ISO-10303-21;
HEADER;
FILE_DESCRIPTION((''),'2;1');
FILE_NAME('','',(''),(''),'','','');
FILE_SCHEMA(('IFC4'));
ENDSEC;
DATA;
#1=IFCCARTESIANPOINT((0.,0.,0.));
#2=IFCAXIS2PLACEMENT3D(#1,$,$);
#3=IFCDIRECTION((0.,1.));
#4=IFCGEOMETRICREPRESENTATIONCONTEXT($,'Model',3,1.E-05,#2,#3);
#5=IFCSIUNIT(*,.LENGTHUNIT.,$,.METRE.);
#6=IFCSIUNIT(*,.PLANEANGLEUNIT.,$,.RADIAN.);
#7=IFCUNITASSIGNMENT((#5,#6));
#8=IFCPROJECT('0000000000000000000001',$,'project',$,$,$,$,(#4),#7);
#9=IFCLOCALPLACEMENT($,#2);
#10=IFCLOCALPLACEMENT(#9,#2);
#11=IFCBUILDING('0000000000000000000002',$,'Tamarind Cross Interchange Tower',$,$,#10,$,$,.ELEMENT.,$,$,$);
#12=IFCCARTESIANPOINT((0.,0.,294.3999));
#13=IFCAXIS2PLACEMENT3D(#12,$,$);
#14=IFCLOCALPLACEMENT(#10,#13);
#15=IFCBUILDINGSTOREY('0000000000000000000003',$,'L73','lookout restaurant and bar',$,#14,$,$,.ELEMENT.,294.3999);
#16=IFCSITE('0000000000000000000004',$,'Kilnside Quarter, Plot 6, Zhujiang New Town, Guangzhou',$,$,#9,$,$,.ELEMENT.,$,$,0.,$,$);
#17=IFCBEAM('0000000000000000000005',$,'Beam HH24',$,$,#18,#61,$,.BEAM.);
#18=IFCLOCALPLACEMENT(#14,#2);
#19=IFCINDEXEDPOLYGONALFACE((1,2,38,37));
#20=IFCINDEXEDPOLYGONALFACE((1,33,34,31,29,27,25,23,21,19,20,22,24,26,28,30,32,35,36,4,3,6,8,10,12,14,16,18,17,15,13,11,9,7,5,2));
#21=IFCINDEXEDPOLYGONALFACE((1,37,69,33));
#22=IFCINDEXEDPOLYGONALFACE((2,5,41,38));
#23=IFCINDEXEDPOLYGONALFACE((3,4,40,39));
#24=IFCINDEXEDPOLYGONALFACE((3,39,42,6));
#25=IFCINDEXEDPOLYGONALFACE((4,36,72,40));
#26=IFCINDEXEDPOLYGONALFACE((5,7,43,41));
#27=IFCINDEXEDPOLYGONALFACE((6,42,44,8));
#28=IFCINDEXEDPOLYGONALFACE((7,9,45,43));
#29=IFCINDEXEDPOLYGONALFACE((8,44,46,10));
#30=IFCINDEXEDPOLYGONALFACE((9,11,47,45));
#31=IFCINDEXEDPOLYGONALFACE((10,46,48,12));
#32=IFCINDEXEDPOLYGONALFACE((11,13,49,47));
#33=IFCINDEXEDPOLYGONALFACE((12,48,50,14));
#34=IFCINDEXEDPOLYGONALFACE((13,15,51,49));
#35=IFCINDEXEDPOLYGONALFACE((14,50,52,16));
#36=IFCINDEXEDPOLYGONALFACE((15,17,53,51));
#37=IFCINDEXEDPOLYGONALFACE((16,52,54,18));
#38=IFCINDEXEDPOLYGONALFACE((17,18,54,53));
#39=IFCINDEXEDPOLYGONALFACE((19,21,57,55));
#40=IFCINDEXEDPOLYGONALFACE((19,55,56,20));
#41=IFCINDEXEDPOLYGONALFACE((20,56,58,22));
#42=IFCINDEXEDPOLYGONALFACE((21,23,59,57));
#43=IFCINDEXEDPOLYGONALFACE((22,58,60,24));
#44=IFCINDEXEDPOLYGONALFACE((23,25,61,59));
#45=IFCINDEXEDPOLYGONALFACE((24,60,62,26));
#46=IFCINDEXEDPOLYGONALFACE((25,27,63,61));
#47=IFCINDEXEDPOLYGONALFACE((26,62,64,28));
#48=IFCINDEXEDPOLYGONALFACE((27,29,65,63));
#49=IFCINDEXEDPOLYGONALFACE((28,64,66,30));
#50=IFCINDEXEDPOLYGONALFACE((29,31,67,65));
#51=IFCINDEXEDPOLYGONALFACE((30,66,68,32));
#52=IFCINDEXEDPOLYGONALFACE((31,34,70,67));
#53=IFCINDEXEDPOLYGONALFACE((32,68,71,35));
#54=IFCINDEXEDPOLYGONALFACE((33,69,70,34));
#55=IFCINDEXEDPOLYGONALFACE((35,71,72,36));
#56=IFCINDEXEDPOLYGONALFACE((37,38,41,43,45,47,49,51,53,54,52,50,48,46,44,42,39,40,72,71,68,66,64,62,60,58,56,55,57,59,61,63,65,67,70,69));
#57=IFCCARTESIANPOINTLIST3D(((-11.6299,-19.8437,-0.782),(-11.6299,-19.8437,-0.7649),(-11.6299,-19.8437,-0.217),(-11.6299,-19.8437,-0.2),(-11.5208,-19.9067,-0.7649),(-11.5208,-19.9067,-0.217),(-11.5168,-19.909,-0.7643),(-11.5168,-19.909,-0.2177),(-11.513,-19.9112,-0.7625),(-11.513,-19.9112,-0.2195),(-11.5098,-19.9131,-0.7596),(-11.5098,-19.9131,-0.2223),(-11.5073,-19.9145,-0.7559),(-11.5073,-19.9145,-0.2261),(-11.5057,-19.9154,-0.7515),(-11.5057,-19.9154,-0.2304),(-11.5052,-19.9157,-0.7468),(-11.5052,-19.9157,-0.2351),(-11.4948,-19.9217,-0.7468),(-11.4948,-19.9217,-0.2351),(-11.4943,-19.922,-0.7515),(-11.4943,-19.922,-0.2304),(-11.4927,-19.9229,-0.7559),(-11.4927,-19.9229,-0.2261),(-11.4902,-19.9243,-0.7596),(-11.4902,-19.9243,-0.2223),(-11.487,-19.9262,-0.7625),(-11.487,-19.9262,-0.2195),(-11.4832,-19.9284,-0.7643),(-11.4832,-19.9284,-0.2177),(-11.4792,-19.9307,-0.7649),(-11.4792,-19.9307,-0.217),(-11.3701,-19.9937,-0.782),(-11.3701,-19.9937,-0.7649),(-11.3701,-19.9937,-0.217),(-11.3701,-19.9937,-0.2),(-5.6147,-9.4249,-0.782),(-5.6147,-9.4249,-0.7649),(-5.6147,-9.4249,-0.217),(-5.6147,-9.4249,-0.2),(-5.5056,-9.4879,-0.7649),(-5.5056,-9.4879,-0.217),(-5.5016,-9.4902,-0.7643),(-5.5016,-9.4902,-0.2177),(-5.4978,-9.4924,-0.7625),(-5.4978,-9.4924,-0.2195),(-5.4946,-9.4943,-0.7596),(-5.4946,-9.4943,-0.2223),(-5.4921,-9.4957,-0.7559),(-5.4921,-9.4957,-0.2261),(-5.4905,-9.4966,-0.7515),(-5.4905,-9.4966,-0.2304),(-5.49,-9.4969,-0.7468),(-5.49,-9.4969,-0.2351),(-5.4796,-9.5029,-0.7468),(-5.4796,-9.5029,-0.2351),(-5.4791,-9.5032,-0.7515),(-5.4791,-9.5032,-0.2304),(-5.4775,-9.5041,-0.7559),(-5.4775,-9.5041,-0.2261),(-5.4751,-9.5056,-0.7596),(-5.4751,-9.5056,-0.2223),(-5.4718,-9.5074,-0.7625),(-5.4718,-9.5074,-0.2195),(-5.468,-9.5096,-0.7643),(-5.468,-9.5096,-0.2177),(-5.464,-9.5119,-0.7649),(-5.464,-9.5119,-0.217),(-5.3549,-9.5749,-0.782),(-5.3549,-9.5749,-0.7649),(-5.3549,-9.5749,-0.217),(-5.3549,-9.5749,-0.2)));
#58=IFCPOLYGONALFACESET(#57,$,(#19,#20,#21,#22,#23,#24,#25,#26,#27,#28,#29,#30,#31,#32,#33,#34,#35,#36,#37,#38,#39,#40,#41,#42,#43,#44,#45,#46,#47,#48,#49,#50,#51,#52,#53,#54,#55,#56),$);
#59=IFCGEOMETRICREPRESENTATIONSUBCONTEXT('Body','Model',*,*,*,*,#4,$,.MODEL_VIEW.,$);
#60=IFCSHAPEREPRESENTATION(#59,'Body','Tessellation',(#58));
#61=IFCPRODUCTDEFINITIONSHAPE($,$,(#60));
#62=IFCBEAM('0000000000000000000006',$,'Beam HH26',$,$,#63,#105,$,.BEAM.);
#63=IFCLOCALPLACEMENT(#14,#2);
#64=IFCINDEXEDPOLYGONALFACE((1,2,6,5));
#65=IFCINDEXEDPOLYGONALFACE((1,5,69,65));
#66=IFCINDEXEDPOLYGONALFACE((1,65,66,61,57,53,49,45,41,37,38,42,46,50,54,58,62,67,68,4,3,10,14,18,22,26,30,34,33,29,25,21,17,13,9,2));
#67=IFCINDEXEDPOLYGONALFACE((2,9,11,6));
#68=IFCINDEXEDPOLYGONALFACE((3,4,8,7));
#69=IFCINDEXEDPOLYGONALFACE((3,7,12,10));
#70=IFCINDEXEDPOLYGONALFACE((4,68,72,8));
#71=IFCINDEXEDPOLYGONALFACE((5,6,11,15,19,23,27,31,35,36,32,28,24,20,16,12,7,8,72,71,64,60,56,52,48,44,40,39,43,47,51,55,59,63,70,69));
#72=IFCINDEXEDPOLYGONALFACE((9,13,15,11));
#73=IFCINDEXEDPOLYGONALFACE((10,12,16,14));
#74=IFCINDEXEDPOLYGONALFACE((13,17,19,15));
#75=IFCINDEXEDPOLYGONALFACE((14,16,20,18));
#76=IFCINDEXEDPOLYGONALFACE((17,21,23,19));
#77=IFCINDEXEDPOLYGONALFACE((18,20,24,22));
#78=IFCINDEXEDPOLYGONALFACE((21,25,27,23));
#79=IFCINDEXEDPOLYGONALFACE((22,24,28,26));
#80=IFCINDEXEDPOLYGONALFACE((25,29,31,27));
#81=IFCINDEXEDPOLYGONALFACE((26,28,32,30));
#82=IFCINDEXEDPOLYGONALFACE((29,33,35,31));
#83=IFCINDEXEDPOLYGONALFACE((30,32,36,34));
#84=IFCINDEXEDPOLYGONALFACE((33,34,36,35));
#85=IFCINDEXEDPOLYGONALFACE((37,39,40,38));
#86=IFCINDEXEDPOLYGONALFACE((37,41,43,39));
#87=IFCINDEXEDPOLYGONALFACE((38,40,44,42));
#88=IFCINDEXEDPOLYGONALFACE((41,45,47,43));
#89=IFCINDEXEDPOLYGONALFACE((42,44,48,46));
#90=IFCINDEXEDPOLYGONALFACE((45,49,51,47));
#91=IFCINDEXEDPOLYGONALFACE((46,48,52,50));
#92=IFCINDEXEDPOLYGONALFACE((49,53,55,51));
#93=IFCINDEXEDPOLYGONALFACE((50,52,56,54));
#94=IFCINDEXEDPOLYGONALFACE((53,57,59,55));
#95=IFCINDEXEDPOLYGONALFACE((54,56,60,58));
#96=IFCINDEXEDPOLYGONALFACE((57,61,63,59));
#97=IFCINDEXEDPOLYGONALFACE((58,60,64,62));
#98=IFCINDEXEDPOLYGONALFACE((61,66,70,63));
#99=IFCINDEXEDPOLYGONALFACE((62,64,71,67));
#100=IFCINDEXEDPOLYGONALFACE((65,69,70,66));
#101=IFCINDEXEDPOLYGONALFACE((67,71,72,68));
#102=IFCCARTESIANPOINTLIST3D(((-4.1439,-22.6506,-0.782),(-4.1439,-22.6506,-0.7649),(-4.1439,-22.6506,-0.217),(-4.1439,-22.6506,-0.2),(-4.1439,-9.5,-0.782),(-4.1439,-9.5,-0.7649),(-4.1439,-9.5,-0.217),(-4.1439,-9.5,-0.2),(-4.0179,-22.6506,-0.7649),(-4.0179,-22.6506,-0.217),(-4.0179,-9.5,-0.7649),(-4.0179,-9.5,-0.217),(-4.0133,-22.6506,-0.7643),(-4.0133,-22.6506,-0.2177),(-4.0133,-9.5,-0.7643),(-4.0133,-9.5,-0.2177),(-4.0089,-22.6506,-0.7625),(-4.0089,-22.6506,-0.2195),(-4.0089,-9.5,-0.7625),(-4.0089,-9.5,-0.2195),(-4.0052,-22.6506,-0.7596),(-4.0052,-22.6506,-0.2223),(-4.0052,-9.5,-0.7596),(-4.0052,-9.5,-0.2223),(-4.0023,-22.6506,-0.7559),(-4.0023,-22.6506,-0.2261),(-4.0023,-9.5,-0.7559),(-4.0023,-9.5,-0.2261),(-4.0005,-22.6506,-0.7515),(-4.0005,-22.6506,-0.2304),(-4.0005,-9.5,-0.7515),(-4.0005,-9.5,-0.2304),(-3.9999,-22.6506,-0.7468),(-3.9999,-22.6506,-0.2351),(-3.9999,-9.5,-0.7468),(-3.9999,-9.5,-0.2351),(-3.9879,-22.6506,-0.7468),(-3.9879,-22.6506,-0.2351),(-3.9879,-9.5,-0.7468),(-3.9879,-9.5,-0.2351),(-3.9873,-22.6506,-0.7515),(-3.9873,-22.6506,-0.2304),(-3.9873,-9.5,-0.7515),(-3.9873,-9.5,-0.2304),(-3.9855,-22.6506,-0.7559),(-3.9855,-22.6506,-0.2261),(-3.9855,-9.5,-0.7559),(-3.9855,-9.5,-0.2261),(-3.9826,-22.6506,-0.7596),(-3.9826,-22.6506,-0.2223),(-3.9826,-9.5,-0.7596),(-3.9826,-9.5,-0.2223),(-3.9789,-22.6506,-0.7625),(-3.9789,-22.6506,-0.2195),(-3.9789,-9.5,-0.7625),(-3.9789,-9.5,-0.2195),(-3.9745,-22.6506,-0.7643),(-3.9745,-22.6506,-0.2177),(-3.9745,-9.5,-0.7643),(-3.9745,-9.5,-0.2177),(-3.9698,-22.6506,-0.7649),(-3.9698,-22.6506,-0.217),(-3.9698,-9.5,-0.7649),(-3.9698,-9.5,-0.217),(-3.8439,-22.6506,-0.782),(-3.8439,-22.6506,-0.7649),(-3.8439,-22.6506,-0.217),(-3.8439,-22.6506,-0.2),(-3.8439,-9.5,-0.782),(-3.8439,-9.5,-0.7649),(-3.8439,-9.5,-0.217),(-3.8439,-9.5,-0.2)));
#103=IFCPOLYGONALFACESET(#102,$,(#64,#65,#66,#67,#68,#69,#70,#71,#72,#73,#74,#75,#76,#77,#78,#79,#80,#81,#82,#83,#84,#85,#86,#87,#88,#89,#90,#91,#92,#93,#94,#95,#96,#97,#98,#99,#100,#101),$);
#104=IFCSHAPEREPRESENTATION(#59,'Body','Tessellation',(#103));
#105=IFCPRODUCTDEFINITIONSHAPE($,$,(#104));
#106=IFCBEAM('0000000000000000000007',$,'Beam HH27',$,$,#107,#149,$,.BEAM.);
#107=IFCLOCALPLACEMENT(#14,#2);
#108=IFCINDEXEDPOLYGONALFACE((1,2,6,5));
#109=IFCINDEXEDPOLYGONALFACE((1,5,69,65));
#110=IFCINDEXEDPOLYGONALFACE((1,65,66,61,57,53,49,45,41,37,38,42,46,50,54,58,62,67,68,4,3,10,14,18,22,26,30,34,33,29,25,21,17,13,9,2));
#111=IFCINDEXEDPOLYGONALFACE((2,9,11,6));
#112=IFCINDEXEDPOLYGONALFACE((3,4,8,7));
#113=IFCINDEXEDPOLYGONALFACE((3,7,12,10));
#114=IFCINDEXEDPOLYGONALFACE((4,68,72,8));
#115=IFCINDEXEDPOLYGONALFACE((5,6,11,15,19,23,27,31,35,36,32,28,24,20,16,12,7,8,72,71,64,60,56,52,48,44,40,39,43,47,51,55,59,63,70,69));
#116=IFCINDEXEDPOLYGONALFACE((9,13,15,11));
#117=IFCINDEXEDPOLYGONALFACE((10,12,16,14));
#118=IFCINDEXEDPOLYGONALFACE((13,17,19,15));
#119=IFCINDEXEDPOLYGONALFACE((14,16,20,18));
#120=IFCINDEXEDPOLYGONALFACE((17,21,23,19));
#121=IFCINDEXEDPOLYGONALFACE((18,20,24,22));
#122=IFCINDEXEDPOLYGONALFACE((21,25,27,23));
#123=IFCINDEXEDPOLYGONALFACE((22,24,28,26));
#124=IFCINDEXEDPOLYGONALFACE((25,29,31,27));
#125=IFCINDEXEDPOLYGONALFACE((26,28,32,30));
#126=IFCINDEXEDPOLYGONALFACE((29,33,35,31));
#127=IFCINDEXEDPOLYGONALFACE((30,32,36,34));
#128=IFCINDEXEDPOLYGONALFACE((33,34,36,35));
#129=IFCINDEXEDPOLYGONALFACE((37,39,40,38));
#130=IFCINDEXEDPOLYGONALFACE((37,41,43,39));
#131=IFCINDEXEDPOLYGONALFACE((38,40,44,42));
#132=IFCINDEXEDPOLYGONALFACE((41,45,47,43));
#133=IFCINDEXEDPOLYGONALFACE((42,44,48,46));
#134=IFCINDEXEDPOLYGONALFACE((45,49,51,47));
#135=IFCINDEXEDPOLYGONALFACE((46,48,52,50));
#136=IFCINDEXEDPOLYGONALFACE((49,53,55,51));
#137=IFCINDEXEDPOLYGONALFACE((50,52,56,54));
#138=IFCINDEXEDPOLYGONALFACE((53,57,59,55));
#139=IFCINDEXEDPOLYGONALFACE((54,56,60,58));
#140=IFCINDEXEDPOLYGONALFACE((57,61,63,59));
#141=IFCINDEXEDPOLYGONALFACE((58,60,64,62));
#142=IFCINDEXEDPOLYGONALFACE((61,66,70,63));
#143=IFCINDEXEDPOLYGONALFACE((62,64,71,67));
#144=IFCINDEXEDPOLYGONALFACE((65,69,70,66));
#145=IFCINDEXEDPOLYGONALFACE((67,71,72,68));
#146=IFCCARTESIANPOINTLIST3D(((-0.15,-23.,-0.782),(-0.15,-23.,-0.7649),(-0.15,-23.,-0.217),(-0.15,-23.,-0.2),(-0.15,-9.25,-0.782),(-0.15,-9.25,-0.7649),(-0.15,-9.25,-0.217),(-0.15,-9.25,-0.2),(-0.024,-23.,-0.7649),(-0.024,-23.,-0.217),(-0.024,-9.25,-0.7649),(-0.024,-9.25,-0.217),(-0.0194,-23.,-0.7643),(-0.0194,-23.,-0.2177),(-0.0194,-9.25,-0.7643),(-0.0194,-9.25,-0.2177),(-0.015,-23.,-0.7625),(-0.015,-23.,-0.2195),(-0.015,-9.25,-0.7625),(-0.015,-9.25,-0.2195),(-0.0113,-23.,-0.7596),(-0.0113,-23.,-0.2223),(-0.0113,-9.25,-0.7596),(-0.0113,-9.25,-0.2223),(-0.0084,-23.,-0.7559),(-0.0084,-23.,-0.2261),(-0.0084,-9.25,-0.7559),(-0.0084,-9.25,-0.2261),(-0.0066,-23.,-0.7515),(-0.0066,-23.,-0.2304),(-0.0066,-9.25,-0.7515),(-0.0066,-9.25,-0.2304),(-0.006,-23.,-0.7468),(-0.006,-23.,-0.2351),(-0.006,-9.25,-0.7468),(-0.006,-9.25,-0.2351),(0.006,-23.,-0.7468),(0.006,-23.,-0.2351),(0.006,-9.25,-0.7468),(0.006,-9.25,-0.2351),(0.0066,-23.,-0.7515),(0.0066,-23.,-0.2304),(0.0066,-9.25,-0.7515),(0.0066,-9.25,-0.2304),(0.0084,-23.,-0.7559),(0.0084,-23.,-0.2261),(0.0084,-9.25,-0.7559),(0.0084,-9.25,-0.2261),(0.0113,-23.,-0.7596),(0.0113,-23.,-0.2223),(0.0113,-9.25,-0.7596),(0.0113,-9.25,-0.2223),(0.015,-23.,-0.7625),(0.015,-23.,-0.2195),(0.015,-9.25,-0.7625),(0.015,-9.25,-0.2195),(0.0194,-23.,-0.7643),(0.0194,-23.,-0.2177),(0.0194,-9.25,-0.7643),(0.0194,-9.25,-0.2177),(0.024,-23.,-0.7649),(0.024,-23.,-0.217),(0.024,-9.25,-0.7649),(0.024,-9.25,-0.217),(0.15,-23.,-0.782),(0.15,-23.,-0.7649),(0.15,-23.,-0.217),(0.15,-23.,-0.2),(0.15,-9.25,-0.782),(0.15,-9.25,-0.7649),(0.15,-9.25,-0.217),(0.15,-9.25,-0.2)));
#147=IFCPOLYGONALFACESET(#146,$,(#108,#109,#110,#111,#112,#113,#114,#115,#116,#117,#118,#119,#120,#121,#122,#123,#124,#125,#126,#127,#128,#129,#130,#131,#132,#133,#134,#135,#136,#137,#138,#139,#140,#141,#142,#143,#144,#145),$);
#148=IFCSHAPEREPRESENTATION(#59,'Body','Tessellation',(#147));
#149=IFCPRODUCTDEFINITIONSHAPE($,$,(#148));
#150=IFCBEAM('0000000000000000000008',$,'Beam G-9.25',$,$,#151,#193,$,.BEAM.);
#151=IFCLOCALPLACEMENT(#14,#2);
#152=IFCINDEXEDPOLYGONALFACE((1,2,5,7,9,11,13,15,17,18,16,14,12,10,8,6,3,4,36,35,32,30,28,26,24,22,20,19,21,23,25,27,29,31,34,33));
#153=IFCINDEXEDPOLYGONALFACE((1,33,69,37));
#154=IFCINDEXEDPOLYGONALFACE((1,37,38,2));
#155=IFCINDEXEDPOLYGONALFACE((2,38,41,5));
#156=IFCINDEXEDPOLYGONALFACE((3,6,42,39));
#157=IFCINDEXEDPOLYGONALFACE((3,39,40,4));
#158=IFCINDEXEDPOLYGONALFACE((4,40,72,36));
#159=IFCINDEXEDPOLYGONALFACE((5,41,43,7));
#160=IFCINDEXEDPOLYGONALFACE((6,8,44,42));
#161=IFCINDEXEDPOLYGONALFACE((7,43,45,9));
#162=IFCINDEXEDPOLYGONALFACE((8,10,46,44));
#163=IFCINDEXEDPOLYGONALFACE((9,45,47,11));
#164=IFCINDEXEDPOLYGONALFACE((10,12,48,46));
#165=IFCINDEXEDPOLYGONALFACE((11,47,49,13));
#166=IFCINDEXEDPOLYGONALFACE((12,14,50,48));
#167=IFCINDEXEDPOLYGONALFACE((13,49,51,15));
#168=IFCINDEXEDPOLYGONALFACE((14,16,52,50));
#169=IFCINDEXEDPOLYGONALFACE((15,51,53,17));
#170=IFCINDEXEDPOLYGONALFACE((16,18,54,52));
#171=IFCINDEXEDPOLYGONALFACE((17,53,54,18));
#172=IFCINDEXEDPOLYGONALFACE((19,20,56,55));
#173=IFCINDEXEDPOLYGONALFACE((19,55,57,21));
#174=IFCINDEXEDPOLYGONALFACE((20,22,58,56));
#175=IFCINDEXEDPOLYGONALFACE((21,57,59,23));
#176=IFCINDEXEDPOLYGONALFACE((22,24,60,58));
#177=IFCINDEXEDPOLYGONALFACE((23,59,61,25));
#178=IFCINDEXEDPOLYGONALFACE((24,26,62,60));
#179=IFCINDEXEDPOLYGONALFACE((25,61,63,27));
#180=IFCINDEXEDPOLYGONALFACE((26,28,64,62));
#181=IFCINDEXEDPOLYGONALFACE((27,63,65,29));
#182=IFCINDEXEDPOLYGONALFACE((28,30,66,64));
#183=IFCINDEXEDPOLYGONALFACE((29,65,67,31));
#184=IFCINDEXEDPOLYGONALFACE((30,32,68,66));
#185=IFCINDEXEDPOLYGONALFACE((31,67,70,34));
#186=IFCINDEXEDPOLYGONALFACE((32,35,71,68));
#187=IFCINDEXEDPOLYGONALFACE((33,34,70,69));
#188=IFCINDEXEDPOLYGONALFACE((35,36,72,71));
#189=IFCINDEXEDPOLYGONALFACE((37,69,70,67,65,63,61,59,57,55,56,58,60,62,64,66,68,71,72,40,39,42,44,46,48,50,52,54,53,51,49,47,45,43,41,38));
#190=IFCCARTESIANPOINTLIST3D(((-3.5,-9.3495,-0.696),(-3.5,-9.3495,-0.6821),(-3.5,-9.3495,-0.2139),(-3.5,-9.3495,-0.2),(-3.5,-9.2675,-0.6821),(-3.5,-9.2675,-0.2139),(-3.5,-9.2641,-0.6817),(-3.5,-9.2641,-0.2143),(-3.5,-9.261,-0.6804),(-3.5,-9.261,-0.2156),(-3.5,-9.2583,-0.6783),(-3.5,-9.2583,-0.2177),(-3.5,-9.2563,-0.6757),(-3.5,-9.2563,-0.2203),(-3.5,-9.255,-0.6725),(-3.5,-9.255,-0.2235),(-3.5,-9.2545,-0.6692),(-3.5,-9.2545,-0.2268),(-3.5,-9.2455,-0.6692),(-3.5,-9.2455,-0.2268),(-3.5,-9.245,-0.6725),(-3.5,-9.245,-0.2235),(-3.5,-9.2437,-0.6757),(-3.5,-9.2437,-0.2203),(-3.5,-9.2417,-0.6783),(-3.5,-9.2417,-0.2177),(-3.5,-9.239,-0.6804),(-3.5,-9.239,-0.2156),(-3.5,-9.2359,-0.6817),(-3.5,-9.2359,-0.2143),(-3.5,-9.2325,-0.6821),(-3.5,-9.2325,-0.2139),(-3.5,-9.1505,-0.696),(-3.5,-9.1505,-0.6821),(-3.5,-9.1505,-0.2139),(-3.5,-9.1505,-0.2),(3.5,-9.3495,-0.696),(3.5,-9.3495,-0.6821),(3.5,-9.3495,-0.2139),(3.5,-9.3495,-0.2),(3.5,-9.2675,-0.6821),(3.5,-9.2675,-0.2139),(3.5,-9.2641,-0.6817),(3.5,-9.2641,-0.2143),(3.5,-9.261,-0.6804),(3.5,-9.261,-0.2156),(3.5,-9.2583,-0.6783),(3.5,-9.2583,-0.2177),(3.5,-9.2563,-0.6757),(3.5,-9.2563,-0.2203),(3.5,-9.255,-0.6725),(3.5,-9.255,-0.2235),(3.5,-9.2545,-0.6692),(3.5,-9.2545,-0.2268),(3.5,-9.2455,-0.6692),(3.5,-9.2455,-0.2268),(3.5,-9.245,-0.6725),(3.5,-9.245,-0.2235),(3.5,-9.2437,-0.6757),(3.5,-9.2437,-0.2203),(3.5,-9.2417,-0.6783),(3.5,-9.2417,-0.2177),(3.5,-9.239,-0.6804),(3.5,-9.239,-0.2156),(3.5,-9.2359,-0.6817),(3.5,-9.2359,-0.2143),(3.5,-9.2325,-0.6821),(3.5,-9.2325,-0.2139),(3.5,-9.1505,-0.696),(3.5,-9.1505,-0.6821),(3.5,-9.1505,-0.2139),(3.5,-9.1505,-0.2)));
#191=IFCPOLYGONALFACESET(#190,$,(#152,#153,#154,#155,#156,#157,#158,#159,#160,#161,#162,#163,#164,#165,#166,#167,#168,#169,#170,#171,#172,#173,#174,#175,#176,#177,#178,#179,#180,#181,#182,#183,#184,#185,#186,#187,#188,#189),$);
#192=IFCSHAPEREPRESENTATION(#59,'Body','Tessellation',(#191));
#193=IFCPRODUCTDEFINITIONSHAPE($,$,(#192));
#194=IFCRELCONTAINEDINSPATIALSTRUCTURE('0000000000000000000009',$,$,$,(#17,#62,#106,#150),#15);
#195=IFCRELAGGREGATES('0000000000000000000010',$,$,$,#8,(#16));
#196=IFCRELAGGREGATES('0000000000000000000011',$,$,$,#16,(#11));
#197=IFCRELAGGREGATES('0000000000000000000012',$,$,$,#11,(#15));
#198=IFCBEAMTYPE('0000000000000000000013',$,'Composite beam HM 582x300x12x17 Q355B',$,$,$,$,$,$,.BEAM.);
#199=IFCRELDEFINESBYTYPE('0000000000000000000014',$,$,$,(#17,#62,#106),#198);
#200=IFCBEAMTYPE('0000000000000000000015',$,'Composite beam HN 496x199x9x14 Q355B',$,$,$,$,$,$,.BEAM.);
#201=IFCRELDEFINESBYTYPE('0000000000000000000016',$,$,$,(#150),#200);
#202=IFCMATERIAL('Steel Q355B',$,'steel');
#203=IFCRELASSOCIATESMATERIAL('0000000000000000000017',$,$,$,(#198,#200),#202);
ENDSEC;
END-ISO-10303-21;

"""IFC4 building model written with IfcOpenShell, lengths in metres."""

from ifc_helpers import new_model, si_unit, direction, frame, origin, origin_2d, place, context, subcontext, project, spatial, i_section, extrude, material, material_profile, profile_set, type_object, element, save


model = new_model("IFC4")

# Units and contexts
model_context = context("Model", 3, precision=1e-05, world=origin(), true_north=direction((0.0, 1.0)))
body_context = subcontext(model_context, "Body", "Model", "MODEL_VIEW")
ifc_project = project(units=[si_unit("LENGTHUNIT", "METRE"), si_unit("PLANEANGLEUNIT", "RADIAN")], contexts=[model_context])

# Site, building, storey
site_placement = place(None, origin())
site = spatial("IfcSite", under=ifc_project, at=site_placement, Name="Kilnside Quarter, Plot 6, Zhujiang New Town, Guangzhou", CompositionType="ELEMENT", RefElevation=0.0)
building_placement = place(site_placement, origin())
building = spatial("IfcBuilding", under=site, at=building_placement, Name="Tamarind Cross Interchange Tower", CompositionType="ELEMENT")
storey_placement = place(building_placement, frame((0.0, 0.0, 294.3999)))
storey = spatial("IfcBuildingStorey", under=building, at=storey_placement, Name="L73", Description="lookout restaurant and bar", CompositionType="ELEMENT", Elevation=294.3999)

# Beams
ifc_material_1 = material(Name="Steel Q355B", Category="steel")
ifc_material_profile_1 = material_profile(ifc_material_1, i_section(OverallWidth=0.3, OverallDepth=0.582, WebThickness=0.012, FlangeThickness=0.0171, FilletRadius=0.0181, at=origin_2d()), Name="HM 582x300x12x17")
ifc_profile_set_1 = profile_set([ifc_material_profile_1], Name="Steel Q355B")
beam_type_1 = type_object("IfcBeamType", Name="Composite beam HM 582x300x12x17 Q355B", PredefinedType="BEAM", material=ifc_profile_set_1)
beam_1_placement = place(storey_placement, frame((-11.5, -19.9187, -0.491), z_axis=(0.499994, 0.866029, 0.0), x_axis=(-0.866029, 0.499994, 0.0)))
element("IfcBeam", 1, at=beam_1_placement, inside=storey, type_object=beam_type_1, Name="Beam HH24", PredefinedType="BEAM", context=body_context, shape_type="SweptSolid", body=[
    extrude(i_section(OverallWidth=0.3, OverallDepth=0.582, WebThickness=0.012, FlangeThickness=0.0171, FilletRadius=0.0181, at=origin_2d()), origin(), (0.0, 0.0, 1.0), 12.0305),
])
beam_2_placement = place(storey_placement, frame((-3.9939, -22.6506, -0.491), z_axis=(0.0, 1.0, 0.0), x_axis=(-1.0, 0.0, 0.0)))
element("IfcBeam", 2, at=beam_2_placement, inside=storey, type_object=beam_type_1, Name="Beam HH26", PredefinedType="BEAM", context=body_context, shape_type="SweptSolid", body=[
    extrude(i_section(OverallWidth=0.3, OverallDepth=0.582, WebThickness=0.012, FlangeThickness=0.0171, FilletRadius=0.0181, at=origin_2d()), origin(), (0.0, 0.0, 1.0), 13.1506),
])
beam_3_placement = place(storey_placement, frame((0.0, -23.0, -0.491), z_axis=(0.0, 1.0, 0.0), x_axis=(-1.0, 0.0, 0.0)))
element("IfcBeam", 3, at=beam_3_placement, inside=storey, type_object=beam_type_1, Name="Beam HH27", PredefinedType="BEAM", context=body_context, shape_type="SweptSolid", body=[
    extrude(i_section(OverallWidth=0.3, OverallDepth=0.582, WebThickness=0.012, FlangeThickness=0.0171, FilletRadius=0.0181, at=origin_2d()), origin(), (0.0, 0.0, 1.0), 13.75),
])
ifc_material_profile_2 = material_profile(ifc_material_1, i_section(OverallWidth=0.199, OverallDepth=0.4961, WebThickness=0.009, FlangeThickness=0.0139, FilletRadius=0.0129, at=origin_2d()), Name="HN 496x199x9x14")
ifc_profile_set_2 = profile_set([ifc_material_profile_2], Name="Steel Q355B")
beam_type_2 = type_object("IfcBeamType", Name="Composite beam HN 496x199x9x14 Q355B", PredefinedType="BEAM", material=ifc_profile_set_2)
beam_4_placement = place(storey_placement, frame((-3.5, -9.25, -0.448), z_axis=(1.0, 0.0, 0.0), x_axis=(0.0, 1.0, 0.0)))
element("IfcBeam", 4, at=beam_4_placement, inside=storey, type_object=beam_type_2, Name="Beam G-9.25", PredefinedType="BEAM", context=body_context, shape_type="SweptSolid", body=[
    extrude(i_section(OverallWidth=0.199, OverallDepth=0.4961, WebThickness=0.009, FlangeThickness=0.0139, FilletRadius=0.0129, at=origin_2d()), origin(), (0.0, 0.0, 1.0), 7.0),
])

save(model, "model.ifc")
